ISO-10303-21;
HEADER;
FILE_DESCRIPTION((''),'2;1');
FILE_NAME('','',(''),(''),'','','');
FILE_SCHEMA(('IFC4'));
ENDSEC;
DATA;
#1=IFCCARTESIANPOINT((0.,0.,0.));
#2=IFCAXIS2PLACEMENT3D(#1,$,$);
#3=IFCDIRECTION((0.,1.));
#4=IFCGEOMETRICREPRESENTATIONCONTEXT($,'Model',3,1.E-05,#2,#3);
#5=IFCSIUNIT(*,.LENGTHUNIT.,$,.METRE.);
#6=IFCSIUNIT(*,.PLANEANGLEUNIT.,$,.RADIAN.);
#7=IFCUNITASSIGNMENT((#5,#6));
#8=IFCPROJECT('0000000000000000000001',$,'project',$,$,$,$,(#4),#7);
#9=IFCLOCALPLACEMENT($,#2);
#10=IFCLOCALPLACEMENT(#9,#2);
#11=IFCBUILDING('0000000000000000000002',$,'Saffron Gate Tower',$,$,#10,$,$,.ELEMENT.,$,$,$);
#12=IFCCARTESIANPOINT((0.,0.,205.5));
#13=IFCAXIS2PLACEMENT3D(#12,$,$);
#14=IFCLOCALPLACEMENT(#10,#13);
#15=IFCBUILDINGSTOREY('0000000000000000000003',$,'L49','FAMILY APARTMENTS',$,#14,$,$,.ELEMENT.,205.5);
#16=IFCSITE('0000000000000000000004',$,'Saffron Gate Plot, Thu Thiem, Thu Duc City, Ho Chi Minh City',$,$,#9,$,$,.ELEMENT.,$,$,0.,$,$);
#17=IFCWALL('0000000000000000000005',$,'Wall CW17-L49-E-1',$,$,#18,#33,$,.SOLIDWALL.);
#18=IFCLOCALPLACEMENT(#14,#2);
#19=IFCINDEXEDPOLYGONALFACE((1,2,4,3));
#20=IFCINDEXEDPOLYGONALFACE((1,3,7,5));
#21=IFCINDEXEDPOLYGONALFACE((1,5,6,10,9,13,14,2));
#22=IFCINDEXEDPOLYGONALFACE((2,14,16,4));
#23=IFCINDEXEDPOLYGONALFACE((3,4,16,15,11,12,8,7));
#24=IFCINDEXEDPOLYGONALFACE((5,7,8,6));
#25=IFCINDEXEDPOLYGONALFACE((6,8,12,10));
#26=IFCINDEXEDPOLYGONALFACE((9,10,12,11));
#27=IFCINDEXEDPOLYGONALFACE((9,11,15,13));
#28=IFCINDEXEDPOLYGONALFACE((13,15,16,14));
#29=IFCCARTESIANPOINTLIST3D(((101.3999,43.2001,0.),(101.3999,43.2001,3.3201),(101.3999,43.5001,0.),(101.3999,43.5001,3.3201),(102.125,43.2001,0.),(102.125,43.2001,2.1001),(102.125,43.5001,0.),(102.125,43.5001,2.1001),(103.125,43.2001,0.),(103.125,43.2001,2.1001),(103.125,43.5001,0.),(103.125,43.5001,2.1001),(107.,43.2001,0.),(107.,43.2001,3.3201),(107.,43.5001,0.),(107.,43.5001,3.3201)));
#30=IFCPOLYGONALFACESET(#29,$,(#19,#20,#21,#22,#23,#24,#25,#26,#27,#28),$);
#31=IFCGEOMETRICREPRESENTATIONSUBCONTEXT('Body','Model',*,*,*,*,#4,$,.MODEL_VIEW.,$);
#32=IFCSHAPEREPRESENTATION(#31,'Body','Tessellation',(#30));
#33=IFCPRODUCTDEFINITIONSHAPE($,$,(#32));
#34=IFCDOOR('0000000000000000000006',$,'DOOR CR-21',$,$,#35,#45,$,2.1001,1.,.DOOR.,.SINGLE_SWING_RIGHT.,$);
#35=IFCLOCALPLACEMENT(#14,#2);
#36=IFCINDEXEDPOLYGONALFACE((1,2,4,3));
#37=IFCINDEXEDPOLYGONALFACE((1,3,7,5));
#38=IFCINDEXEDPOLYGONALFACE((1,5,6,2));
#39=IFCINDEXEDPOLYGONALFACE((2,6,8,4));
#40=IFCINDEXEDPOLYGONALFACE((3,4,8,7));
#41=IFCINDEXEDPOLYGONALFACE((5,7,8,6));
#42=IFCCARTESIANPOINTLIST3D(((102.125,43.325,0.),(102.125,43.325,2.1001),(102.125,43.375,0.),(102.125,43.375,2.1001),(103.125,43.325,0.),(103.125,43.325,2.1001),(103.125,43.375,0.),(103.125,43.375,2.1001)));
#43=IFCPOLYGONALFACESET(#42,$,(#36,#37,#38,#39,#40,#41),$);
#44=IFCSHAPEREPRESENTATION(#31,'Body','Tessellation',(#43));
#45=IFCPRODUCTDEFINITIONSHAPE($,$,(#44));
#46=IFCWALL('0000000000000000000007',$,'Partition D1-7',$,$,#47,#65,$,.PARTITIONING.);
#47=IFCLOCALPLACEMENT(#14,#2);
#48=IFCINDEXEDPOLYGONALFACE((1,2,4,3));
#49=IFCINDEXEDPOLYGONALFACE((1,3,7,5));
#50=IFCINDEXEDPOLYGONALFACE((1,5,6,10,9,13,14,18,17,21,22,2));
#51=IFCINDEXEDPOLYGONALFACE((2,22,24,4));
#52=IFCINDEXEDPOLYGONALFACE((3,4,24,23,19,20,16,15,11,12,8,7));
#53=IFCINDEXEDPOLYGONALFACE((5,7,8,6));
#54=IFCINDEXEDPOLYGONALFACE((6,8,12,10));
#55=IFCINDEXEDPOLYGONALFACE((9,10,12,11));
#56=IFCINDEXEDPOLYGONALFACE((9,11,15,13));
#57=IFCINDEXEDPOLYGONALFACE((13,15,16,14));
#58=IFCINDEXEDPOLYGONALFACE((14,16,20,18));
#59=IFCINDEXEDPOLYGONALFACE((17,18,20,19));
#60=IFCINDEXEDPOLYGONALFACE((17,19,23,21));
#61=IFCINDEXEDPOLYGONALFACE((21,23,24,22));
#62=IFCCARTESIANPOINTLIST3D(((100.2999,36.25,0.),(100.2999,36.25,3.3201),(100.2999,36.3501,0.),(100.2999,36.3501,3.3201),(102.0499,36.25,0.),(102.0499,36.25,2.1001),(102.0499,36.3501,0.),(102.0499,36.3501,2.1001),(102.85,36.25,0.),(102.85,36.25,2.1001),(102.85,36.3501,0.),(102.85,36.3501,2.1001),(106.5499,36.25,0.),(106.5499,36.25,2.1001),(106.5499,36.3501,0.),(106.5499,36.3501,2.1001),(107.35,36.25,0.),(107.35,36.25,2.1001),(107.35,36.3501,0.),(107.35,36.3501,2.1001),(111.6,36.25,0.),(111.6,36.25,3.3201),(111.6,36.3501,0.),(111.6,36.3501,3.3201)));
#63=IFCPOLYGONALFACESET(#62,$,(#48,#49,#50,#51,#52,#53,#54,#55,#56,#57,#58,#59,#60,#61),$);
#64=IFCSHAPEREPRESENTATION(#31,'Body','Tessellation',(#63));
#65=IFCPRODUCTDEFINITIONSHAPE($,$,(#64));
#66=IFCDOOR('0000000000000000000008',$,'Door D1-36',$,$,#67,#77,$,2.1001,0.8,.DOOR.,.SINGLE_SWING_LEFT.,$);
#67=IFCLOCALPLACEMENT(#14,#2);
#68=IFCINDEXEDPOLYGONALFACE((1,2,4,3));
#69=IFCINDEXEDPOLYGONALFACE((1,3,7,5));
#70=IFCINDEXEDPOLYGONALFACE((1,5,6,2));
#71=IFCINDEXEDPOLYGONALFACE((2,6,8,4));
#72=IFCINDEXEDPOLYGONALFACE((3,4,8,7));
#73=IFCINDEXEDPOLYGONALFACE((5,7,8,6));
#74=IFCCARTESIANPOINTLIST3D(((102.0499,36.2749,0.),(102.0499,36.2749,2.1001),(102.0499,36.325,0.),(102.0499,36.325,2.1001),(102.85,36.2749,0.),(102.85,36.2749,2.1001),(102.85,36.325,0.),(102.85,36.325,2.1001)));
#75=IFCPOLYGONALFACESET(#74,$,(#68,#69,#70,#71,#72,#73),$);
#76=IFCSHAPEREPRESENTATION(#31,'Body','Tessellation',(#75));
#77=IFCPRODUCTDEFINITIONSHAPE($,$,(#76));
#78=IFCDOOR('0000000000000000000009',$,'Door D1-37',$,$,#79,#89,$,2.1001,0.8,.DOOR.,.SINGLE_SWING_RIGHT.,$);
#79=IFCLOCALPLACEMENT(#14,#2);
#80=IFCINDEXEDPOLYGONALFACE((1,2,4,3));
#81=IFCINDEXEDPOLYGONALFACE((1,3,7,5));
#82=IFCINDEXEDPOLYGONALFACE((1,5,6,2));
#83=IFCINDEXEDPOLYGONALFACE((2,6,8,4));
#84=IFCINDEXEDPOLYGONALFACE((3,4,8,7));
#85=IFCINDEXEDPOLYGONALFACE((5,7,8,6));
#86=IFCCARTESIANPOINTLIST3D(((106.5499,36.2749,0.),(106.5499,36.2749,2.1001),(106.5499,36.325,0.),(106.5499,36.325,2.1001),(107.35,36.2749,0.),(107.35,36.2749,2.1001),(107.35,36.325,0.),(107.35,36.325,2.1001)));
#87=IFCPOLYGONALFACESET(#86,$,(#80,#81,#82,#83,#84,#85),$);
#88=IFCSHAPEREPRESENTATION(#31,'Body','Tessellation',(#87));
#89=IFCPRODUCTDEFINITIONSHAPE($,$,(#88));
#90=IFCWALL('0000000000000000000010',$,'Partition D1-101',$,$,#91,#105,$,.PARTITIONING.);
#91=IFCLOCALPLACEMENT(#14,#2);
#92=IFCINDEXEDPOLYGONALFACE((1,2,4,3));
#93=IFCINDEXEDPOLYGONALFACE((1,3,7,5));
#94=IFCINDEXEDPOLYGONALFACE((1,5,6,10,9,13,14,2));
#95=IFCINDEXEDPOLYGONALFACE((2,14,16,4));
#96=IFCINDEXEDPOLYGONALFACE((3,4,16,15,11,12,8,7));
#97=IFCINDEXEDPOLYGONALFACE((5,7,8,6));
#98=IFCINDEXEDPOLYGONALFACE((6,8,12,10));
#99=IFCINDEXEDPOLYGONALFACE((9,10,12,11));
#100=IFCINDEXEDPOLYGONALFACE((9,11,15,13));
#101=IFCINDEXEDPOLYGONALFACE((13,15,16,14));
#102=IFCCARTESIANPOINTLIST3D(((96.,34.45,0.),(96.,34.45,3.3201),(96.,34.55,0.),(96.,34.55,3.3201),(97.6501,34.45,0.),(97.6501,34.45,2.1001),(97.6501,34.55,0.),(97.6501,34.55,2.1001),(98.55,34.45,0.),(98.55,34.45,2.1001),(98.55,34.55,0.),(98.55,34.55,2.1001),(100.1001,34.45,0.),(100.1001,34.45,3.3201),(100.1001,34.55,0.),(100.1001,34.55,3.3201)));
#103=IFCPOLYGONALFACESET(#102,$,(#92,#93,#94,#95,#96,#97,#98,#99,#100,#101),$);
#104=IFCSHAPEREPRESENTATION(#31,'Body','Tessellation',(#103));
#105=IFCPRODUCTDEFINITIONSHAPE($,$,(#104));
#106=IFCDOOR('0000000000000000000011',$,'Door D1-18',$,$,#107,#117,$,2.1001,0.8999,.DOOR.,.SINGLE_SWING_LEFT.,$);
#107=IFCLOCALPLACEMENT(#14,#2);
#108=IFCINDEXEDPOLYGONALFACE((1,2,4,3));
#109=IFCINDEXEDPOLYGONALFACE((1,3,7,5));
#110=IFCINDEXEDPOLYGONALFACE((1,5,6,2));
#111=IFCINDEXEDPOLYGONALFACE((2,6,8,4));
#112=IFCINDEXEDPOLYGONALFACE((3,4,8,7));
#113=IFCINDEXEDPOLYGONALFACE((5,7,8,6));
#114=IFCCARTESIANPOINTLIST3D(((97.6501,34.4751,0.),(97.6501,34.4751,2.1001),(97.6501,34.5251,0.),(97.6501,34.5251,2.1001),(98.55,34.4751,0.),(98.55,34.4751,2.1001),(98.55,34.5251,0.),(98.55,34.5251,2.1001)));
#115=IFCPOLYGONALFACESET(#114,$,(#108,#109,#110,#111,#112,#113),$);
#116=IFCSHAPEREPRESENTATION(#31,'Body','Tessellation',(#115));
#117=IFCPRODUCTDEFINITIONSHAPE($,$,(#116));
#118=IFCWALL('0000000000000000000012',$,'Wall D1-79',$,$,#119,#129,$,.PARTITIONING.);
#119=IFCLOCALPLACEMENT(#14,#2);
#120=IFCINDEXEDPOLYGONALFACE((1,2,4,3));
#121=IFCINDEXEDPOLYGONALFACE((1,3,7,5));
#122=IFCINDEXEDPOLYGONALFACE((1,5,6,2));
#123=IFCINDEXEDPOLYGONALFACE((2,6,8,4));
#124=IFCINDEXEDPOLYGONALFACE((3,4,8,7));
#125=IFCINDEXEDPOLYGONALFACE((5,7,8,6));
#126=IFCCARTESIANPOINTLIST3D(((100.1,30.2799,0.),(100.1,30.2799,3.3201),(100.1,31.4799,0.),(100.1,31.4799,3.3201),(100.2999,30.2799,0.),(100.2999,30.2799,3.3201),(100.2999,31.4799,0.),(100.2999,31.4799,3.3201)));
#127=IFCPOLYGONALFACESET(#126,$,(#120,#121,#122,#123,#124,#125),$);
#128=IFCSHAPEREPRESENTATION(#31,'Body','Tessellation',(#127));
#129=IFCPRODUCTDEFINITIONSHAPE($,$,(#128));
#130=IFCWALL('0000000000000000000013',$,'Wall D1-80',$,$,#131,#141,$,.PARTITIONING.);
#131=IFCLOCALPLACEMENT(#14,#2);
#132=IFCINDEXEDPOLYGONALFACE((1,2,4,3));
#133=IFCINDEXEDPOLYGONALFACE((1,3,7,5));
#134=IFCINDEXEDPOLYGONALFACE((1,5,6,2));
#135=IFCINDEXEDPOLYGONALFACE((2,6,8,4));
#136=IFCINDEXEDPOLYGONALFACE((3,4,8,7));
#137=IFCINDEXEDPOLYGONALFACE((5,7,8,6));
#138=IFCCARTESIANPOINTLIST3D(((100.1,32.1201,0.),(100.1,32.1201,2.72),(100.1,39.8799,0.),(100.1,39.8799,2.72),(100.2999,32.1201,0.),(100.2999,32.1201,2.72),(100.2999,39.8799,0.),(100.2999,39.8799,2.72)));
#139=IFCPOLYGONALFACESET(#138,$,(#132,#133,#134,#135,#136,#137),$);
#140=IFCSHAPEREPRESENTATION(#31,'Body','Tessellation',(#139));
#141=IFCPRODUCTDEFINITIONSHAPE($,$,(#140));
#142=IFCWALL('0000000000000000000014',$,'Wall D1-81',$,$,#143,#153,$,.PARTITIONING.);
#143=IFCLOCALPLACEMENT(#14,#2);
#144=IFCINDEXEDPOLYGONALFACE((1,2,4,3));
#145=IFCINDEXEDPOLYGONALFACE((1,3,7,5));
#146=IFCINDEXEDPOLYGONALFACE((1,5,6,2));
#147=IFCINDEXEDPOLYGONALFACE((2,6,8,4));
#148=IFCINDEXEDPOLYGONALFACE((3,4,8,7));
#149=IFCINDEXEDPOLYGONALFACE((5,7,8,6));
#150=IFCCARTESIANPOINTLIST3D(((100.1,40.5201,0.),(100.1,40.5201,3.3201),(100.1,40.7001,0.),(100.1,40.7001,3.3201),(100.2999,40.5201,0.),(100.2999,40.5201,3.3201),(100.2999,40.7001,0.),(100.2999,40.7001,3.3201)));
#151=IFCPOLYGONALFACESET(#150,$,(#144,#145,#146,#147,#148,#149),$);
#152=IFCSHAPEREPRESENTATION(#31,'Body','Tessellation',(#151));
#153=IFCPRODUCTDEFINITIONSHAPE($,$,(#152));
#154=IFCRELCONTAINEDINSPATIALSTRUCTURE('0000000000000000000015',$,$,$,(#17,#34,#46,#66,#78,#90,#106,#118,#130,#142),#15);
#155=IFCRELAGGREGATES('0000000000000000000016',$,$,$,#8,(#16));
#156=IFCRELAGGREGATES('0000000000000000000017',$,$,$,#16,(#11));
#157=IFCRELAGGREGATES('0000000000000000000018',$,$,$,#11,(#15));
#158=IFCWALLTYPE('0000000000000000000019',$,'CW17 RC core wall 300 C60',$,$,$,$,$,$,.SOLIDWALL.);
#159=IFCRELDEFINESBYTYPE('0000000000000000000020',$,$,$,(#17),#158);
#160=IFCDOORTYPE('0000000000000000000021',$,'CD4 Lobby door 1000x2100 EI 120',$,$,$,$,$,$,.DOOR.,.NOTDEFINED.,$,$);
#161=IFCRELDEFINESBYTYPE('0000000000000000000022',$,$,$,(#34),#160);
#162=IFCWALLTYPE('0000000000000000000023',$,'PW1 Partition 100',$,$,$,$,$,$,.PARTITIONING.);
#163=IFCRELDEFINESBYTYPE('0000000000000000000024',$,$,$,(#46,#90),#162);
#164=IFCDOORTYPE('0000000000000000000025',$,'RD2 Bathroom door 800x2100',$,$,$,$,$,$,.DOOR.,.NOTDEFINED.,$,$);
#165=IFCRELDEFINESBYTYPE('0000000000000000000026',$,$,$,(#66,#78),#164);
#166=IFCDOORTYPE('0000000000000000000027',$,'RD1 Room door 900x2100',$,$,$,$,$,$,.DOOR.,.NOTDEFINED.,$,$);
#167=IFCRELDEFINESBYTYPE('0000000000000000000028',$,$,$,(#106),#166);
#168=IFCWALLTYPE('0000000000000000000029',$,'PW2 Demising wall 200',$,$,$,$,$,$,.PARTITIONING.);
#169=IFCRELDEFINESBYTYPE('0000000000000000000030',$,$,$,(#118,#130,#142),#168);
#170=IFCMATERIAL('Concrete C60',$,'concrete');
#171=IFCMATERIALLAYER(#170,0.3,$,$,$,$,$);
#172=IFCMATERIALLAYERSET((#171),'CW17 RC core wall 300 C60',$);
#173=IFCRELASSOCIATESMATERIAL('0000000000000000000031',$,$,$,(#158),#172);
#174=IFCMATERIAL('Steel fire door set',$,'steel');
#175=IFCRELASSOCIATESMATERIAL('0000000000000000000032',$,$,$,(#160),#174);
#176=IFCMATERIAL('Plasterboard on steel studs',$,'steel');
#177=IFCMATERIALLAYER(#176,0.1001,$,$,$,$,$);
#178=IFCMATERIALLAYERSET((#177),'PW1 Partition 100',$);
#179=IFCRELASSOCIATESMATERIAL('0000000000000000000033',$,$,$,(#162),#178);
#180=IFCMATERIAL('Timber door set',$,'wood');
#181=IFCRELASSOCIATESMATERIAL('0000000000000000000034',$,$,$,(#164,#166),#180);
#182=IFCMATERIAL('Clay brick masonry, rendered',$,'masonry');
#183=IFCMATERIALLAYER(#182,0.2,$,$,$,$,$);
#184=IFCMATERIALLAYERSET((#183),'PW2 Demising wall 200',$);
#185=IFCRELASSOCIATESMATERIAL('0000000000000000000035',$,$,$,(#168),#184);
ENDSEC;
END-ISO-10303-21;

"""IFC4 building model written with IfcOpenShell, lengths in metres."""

from ifc_helpers import new_model, si_unit, direction, frame, frame_2d, origin, place, context, subcontext, project, spatial, rectangle, extrude, material, layer, layer_set, type_object, element, fill, save


model = new_model("IFC4")

# Units and contexts
model_context = context("Model", 3, precision=1e-05, world=origin(), true_north=direction((0.0, 1.0)))
body_context = subcontext(model_context, "Body", "Model", "MODEL_VIEW")
ifc_project = project(units=[si_unit("LENGTHUNIT", "METRE"), si_unit("PLANEANGLEUNIT", "RADIAN")], contexts=[model_context])

# Site, building, storey
site_placement = place(None, origin())
site = spatial("IfcSite", under=ifc_project, at=site_placement, Name="Saffron Gate Plot, Thu Thiem, Thu Duc City, Ho Chi Minh City", CompositionType="ELEMENT", RefElevation=0.0)
building_placement = place(site_placement, origin())
building = spatial("IfcBuilding", under=site, at=building_placement, Name="Saffron Gate Tower", CompositionType="ELEMENT")
storey_placement = place(building_placement, frame((0.0, 0.0, 205.5)))
storey = spatial("IfcBuildingStorey", under=building, at=storey_placement, Name="L49", Description="FAMILY APARTMENTS", CompositionType="ELEMENT", Elevation=205.5)

# Wall, opening, door
ifc_material_1 = material(Name="Concrete C60", Category="concrete")
ifc_layer_1 = layer(ifc_material_1, 0.3)
ifc_layer_set_1 = layer_set([ifc_layer_1], Name="CW17 RC core wall 300 C60")
wall_type_1 = type_object("IfcWallType", Name="CW17 RC core wall 300 C60", PredefinedType="SOLIDWALL", material=ifc_layer_set_1)
wall_1_placement = place(storey_placement, frame((101.3999, 43.3501, 0.0), z_axis=(0.0, 0.0, 1.0), x_axis=(1.0, 0.0, 0.0)))
wall_1 = element("IfcWall", 1, at=wall_1_placement, inside=storey, type_object=wall_type_1, Name="Wall CW17-L49-E-1", PredefinedType="SOLIDWALL", context=body_context, shape_type="SweptSolid", body=[
    extrude(rectangle(XDim=5.6001, YDim=0.3, at=frame_2d((2.8, 0.0))), origin(), (0.0, 0.0, 1.0), 3.3201),
])
opening_1_placement = place(wall_1_placement, frame((0.7251, 0.0, 0.0)))
opening_1 = element("IfcOpeningElement", 2, at=opening_1_placement, cuts=wall_1, PredefinedType="OPENING", context=body_context, shape_type="SweptSolid", body=[
    extrude(rectangle(XDim=1.0, YDim=2.1001, at=frame_2d((0.5, 1.05))), frame((0.0, 0.1602, 0.0), z_axis=(0.0, -1.0, 0.0), x_axis=(1.0, 0.0, 0.0)), (0.0, 0.0, 1.0), 0.3201),
])
ifc_material_2 = material(Name="Steel fire door set", Category="steel")
door_type_1 = type_object("IfcDoorType", Name="CD4 Lobby door 1000x2100 EI 120", OperationType="NOTDEFINED", PredefinedType="DOOR", material=ifc_material_2)
door_1_placement = place(opening_1_placement, origin())
door_1 = element("IfcDoor", 3, at=door_1_placement, inside=storey, type_object=door_type_1, Name="DOOR CR-21", OperationType="SINGLE_SWING_RIGHT", OverallHeight=2.1001, OverallWidth=1.0, PredefinedType="DOOR", context=body_context, shape_type="SweptSolid", body=[
    extrude(rectangle(XDim=1.0, YDim=2.1001, at=frame_2d((0.5, 1.05))), frame((0.0, 0.0249, 0.0), z_axis=(0.0, -1.0, 0.0), x_axis=(1.0, 0.0, 0.0)), (0.0, 0.0, 1.0), 0.05),
])
fill(opening_1, door_1)

# Wall, openings, doors
ifc_material_3 = material(Name="Plasterboard on steel studs", Category="steel")
ifc_layer_2 = layer(ifc_material_3, 0.1001)
ifc_layer_set_2 = layer_set([ifc_layer_2], Name="PW1 Partition 100")
wall_type_2 = type_object("IfcWallType", Name="PW1 Partition 100", PredefinedType="PARTITIONING", material=ifc_layer_set_2)
wall_2_placement = place(storey_placement, frame((100.3, 36.3, 0.0), z_axis=(0.0, 0.0, 1.0), x_axis=(1.0, 0.0, 0.0)))
wall_2 = element("IfcWall", 4, at=wall_2_placement, inside=storey, type_object=wall_type_2, Name="Partition D1-7", PredefinedType="PARTITIONING", context=body_context, shape_type="SweptSolid", body=[
    extrude(rectangle(XDim=11.3, YDim=0.1001, at=frame_2d((5.6499, 0.0))), origin(), (0.0, 0.0, 1.0), 3.3201),
])
opening_2_placement = place(wall_2_placement, frame((1.75, 0.0, 0.0)))
opening_2 = element("IfcOpeningElement", 5, at=opening_2_placement, cuts=wall_2, PredefinedType="OPENING", context=body_context, shape_type="SweptSolid", body=[
    extrude(rectangle(XDim=0.8, YDim=2.1001, at=frame_2d((0.3999, 1.05))), frame((0.0, 0.0601, 0.0), z_axis=(0.0, -1.0, 0.0), x_axis=(1.0, 0.0, 0.0)), (0.0, 0.0, 1.0), 0.1201),
])
opening_3_placement = place(wall_2_placement, frame((6.25, 0.0, 0.0)))
opening_3 = element("IfcOpeningElement", 6, at=opening_3_placement, cuts=wall_2, PredefinedType="OPENING", context=body_context, shape_type="SweptSolid", body=[
    extrude(rectangle(XDim=0.8, YDim=2.1001, at=frame_2d((0.3999, 1.05))), frame((0.0, 0.0601, 0.0), z_axis=(0.0, -1.0, 0.0), x_axis=(1.0, 0.0, 0.0)), (0.0, 0.0, 1.0), 0.1201),
])
ifc_material_4 = material(Name="Timber door set", Category="wood")
door_type_2 = type_object("IfcDoorType", Name="RD2 Bathroom door 800x2100", OperationType="NOTDEFINED", PredefinedType="DOOR", material=ifc_material_4)
door_2_placement = place(opening_2_placement, origin())
door_2 = element("IfcDoor", 7, at=door_2_placement, inside=storey, type_object=door_type_2, Name="Door D1-36", OperationType="SINGLE_SWING_LEFT", OverallHeight=2.1001, OverallWidth=0.8, PredefinedType="DOOR", context=body_context, shape_type="SweptSolid", body=[
    extrude(rectangle(XDim=0.8, YDim=2.1001, at=frame_2d((0.3999, 1.05))), frame((0.0, 0.0249, 0.0), z_axis=(0.0, -1.0, 0.0), x_axis=(1.0, 0.0, 0.0)), (0.0, 0.0, 1.0), 0.05),
])
fill(opening_2, door_2)
door_3_placement = place(opening_3_placement, origin())
door_3 = element("IfcDoor", 8, at=door_3_placement, inside=storey, type_object=door_type_2, Name="Door D1-37", OperationType="SINGLE_SWING_RIGHT", OverallHeight=2.1001, OverallWidth=0.8, PredefinedType="DOOR", context=body_context, shape_type="SweptSolid", body=[
    extrude(rectangle(XDim=0.8, YDim=2.1001, at=frame_2d((0.3999, 1.05))), frame((0.0, 0.0249, 0.0), z_axis=(0.0, -1.0, 0.0), x_axis=(1.0, 0.0, 0.0)), (0.0, 0.0, 1.0), 0.05),
])
fill(opening_3, door_3)

# Wall, opening, door
wall_3_placement = place(storey_placement, frame((100.1001, 34.5, 0.0), z_axis=(0.0, 0.0, 1.0), x_axis=(-1.0, 0.0, 0.0)))
wall_3 = element("IfcWall", 9, at=wall_3_placement, inside=storey, type_object=wall_type_2, Name="Partition D1-101", PredefinedType="PARTITIONING", context=body_context, shape_type="SweptSolid", body=[
    extrude(rectangle(XDim=4.1001, YDim=0.1001, at=frame_2d((2.05, 0.0))), origin(), (0.0, 0.0, 1.0), 3.3201),
])
opening_4_placement = place(wall_3_placement, frame((1.55, 0.0, 0.0)))
opening_4 = element("IfcOpeningElement", 10, at=opening_4_placement, cuts=wall_3, PredefinedType="OPENING", context=body_context, shape_type="SweptSolid", body=[
    extrude(rectangle(XDim=0.8999, YDim=2.1001, at=frame_2d((0.45, 1.05))), frame((0.0, 0.0601, 0.0), z_axis=(0.0, -1.0, 0.0), x_axis=(1.0, 0.0, 0.0)), (0.0, 0.0, 1.0), 0.1201),
])
door_type_3 = type_object("IfcDoorType", Name="RD1 Room door 900x2100", OperationType="NOTDEFINED", PredefinedType="DOOR", material=ifc_material_4)
door_4_placement = place(opening_4_placement, origin())
door_4 = element("IfcDoor", 11, at=door_4_placement, inside=storey, type_object=door_type_3, Name="Door D1-18", OperationType="SINGLE_SWING_LEFT", OverallHeight=2.1001, OverallWidth=0.8999, PredefinedType="DOOR", context=body_context, shape_type="SweptSolid", body=[
    extrude(rectangle(XDim=0.8999, YDim=2.1001, at=frame_2d((0.45, 1.05))), frame((0.0, 0.0249, 0.0), z_axis=(0.0, -1.0, 0.0), x_axis=(1.0, 0.0, 0.0)), (0.0, 0.0, 1.0), 0.05),
])
fill(opening_4, door_4)

# Walls
ifc_material_5 = material(Name="Clay brick masonry, rendered", Category="masonry")
ifc_layer_3 = layer(ifc_material_5, 0.2)
ifc_layer_set_3 = layer_set([ifc_layer_3], Name="PW2 Demising wall 200")
wall_type_3 = type_object("IfcWallType", Name="PW2 Demising wall 200", PredefinedType="PARTITIONING", material=ifc_layer_set_3)
wall_4_placement = place(storey_placement, frame((100.2, 31.48, 0.0), z_axis=(0.0, 0.0, 1.0), x_axis=(0.0, -1.0, 0.0)))
element("IfcWall", 12, at=wall_4_placement, inside=storey, type_object=wall_type_3, Name="Wall D1-79", PredefinedType="PARTITIONING", context=body_context, shape_type="SweptSolid", body=[
    extrude(rectangle(XDim=1.2, YDim=0.2, at=frame_2d((0.6001, 0.0))), origin(), (0.0, 0.0, 1.0), 3.3201),
])
wall_5_placement = place(storey_placement, frame((100.2, 39.8799, 0.0), z_axis=(0.0, 0.0, 1.0), x_axis=(0.0, -1.0, 0.0)))
element("IfcWall", 13, at=wall_5_placement, inside=storey, type_object=wall_type_3, Name="Wall D1-80", PredefinedType="PARTITIONING", context=body_context, shape_type="SweptSolid", body=[
    extrude(rectangle(XDim=7.7598, YDim=0.2, at=frame_2d((3.8799, 0.0))), origin(), (0.0, 0.0, 1.0), 2.72),
])
wall_6_placement = place(storey_placement, frame((100.2, 40.7, 0.0), z_axis=(0.0, 0.0, 1.0), x_axis=(0.0, -1.0, 0.0)))
element("IfcWall", 14, at=wall_6_placement, inside=storey, type_object=wall_type_3, Name="Wall D1-81", PredefinedType="PARTITIONING", context=body_context, shape_type="SweptSolid", body=[
    extrude(rectangle(XDim=0.1799, YDim=0.2, at=frame_2d((0.0898, 0.0))), origin(), (0.0, 0.0, 1.0), 3.3201),
])

save(model, "model.ifc")
